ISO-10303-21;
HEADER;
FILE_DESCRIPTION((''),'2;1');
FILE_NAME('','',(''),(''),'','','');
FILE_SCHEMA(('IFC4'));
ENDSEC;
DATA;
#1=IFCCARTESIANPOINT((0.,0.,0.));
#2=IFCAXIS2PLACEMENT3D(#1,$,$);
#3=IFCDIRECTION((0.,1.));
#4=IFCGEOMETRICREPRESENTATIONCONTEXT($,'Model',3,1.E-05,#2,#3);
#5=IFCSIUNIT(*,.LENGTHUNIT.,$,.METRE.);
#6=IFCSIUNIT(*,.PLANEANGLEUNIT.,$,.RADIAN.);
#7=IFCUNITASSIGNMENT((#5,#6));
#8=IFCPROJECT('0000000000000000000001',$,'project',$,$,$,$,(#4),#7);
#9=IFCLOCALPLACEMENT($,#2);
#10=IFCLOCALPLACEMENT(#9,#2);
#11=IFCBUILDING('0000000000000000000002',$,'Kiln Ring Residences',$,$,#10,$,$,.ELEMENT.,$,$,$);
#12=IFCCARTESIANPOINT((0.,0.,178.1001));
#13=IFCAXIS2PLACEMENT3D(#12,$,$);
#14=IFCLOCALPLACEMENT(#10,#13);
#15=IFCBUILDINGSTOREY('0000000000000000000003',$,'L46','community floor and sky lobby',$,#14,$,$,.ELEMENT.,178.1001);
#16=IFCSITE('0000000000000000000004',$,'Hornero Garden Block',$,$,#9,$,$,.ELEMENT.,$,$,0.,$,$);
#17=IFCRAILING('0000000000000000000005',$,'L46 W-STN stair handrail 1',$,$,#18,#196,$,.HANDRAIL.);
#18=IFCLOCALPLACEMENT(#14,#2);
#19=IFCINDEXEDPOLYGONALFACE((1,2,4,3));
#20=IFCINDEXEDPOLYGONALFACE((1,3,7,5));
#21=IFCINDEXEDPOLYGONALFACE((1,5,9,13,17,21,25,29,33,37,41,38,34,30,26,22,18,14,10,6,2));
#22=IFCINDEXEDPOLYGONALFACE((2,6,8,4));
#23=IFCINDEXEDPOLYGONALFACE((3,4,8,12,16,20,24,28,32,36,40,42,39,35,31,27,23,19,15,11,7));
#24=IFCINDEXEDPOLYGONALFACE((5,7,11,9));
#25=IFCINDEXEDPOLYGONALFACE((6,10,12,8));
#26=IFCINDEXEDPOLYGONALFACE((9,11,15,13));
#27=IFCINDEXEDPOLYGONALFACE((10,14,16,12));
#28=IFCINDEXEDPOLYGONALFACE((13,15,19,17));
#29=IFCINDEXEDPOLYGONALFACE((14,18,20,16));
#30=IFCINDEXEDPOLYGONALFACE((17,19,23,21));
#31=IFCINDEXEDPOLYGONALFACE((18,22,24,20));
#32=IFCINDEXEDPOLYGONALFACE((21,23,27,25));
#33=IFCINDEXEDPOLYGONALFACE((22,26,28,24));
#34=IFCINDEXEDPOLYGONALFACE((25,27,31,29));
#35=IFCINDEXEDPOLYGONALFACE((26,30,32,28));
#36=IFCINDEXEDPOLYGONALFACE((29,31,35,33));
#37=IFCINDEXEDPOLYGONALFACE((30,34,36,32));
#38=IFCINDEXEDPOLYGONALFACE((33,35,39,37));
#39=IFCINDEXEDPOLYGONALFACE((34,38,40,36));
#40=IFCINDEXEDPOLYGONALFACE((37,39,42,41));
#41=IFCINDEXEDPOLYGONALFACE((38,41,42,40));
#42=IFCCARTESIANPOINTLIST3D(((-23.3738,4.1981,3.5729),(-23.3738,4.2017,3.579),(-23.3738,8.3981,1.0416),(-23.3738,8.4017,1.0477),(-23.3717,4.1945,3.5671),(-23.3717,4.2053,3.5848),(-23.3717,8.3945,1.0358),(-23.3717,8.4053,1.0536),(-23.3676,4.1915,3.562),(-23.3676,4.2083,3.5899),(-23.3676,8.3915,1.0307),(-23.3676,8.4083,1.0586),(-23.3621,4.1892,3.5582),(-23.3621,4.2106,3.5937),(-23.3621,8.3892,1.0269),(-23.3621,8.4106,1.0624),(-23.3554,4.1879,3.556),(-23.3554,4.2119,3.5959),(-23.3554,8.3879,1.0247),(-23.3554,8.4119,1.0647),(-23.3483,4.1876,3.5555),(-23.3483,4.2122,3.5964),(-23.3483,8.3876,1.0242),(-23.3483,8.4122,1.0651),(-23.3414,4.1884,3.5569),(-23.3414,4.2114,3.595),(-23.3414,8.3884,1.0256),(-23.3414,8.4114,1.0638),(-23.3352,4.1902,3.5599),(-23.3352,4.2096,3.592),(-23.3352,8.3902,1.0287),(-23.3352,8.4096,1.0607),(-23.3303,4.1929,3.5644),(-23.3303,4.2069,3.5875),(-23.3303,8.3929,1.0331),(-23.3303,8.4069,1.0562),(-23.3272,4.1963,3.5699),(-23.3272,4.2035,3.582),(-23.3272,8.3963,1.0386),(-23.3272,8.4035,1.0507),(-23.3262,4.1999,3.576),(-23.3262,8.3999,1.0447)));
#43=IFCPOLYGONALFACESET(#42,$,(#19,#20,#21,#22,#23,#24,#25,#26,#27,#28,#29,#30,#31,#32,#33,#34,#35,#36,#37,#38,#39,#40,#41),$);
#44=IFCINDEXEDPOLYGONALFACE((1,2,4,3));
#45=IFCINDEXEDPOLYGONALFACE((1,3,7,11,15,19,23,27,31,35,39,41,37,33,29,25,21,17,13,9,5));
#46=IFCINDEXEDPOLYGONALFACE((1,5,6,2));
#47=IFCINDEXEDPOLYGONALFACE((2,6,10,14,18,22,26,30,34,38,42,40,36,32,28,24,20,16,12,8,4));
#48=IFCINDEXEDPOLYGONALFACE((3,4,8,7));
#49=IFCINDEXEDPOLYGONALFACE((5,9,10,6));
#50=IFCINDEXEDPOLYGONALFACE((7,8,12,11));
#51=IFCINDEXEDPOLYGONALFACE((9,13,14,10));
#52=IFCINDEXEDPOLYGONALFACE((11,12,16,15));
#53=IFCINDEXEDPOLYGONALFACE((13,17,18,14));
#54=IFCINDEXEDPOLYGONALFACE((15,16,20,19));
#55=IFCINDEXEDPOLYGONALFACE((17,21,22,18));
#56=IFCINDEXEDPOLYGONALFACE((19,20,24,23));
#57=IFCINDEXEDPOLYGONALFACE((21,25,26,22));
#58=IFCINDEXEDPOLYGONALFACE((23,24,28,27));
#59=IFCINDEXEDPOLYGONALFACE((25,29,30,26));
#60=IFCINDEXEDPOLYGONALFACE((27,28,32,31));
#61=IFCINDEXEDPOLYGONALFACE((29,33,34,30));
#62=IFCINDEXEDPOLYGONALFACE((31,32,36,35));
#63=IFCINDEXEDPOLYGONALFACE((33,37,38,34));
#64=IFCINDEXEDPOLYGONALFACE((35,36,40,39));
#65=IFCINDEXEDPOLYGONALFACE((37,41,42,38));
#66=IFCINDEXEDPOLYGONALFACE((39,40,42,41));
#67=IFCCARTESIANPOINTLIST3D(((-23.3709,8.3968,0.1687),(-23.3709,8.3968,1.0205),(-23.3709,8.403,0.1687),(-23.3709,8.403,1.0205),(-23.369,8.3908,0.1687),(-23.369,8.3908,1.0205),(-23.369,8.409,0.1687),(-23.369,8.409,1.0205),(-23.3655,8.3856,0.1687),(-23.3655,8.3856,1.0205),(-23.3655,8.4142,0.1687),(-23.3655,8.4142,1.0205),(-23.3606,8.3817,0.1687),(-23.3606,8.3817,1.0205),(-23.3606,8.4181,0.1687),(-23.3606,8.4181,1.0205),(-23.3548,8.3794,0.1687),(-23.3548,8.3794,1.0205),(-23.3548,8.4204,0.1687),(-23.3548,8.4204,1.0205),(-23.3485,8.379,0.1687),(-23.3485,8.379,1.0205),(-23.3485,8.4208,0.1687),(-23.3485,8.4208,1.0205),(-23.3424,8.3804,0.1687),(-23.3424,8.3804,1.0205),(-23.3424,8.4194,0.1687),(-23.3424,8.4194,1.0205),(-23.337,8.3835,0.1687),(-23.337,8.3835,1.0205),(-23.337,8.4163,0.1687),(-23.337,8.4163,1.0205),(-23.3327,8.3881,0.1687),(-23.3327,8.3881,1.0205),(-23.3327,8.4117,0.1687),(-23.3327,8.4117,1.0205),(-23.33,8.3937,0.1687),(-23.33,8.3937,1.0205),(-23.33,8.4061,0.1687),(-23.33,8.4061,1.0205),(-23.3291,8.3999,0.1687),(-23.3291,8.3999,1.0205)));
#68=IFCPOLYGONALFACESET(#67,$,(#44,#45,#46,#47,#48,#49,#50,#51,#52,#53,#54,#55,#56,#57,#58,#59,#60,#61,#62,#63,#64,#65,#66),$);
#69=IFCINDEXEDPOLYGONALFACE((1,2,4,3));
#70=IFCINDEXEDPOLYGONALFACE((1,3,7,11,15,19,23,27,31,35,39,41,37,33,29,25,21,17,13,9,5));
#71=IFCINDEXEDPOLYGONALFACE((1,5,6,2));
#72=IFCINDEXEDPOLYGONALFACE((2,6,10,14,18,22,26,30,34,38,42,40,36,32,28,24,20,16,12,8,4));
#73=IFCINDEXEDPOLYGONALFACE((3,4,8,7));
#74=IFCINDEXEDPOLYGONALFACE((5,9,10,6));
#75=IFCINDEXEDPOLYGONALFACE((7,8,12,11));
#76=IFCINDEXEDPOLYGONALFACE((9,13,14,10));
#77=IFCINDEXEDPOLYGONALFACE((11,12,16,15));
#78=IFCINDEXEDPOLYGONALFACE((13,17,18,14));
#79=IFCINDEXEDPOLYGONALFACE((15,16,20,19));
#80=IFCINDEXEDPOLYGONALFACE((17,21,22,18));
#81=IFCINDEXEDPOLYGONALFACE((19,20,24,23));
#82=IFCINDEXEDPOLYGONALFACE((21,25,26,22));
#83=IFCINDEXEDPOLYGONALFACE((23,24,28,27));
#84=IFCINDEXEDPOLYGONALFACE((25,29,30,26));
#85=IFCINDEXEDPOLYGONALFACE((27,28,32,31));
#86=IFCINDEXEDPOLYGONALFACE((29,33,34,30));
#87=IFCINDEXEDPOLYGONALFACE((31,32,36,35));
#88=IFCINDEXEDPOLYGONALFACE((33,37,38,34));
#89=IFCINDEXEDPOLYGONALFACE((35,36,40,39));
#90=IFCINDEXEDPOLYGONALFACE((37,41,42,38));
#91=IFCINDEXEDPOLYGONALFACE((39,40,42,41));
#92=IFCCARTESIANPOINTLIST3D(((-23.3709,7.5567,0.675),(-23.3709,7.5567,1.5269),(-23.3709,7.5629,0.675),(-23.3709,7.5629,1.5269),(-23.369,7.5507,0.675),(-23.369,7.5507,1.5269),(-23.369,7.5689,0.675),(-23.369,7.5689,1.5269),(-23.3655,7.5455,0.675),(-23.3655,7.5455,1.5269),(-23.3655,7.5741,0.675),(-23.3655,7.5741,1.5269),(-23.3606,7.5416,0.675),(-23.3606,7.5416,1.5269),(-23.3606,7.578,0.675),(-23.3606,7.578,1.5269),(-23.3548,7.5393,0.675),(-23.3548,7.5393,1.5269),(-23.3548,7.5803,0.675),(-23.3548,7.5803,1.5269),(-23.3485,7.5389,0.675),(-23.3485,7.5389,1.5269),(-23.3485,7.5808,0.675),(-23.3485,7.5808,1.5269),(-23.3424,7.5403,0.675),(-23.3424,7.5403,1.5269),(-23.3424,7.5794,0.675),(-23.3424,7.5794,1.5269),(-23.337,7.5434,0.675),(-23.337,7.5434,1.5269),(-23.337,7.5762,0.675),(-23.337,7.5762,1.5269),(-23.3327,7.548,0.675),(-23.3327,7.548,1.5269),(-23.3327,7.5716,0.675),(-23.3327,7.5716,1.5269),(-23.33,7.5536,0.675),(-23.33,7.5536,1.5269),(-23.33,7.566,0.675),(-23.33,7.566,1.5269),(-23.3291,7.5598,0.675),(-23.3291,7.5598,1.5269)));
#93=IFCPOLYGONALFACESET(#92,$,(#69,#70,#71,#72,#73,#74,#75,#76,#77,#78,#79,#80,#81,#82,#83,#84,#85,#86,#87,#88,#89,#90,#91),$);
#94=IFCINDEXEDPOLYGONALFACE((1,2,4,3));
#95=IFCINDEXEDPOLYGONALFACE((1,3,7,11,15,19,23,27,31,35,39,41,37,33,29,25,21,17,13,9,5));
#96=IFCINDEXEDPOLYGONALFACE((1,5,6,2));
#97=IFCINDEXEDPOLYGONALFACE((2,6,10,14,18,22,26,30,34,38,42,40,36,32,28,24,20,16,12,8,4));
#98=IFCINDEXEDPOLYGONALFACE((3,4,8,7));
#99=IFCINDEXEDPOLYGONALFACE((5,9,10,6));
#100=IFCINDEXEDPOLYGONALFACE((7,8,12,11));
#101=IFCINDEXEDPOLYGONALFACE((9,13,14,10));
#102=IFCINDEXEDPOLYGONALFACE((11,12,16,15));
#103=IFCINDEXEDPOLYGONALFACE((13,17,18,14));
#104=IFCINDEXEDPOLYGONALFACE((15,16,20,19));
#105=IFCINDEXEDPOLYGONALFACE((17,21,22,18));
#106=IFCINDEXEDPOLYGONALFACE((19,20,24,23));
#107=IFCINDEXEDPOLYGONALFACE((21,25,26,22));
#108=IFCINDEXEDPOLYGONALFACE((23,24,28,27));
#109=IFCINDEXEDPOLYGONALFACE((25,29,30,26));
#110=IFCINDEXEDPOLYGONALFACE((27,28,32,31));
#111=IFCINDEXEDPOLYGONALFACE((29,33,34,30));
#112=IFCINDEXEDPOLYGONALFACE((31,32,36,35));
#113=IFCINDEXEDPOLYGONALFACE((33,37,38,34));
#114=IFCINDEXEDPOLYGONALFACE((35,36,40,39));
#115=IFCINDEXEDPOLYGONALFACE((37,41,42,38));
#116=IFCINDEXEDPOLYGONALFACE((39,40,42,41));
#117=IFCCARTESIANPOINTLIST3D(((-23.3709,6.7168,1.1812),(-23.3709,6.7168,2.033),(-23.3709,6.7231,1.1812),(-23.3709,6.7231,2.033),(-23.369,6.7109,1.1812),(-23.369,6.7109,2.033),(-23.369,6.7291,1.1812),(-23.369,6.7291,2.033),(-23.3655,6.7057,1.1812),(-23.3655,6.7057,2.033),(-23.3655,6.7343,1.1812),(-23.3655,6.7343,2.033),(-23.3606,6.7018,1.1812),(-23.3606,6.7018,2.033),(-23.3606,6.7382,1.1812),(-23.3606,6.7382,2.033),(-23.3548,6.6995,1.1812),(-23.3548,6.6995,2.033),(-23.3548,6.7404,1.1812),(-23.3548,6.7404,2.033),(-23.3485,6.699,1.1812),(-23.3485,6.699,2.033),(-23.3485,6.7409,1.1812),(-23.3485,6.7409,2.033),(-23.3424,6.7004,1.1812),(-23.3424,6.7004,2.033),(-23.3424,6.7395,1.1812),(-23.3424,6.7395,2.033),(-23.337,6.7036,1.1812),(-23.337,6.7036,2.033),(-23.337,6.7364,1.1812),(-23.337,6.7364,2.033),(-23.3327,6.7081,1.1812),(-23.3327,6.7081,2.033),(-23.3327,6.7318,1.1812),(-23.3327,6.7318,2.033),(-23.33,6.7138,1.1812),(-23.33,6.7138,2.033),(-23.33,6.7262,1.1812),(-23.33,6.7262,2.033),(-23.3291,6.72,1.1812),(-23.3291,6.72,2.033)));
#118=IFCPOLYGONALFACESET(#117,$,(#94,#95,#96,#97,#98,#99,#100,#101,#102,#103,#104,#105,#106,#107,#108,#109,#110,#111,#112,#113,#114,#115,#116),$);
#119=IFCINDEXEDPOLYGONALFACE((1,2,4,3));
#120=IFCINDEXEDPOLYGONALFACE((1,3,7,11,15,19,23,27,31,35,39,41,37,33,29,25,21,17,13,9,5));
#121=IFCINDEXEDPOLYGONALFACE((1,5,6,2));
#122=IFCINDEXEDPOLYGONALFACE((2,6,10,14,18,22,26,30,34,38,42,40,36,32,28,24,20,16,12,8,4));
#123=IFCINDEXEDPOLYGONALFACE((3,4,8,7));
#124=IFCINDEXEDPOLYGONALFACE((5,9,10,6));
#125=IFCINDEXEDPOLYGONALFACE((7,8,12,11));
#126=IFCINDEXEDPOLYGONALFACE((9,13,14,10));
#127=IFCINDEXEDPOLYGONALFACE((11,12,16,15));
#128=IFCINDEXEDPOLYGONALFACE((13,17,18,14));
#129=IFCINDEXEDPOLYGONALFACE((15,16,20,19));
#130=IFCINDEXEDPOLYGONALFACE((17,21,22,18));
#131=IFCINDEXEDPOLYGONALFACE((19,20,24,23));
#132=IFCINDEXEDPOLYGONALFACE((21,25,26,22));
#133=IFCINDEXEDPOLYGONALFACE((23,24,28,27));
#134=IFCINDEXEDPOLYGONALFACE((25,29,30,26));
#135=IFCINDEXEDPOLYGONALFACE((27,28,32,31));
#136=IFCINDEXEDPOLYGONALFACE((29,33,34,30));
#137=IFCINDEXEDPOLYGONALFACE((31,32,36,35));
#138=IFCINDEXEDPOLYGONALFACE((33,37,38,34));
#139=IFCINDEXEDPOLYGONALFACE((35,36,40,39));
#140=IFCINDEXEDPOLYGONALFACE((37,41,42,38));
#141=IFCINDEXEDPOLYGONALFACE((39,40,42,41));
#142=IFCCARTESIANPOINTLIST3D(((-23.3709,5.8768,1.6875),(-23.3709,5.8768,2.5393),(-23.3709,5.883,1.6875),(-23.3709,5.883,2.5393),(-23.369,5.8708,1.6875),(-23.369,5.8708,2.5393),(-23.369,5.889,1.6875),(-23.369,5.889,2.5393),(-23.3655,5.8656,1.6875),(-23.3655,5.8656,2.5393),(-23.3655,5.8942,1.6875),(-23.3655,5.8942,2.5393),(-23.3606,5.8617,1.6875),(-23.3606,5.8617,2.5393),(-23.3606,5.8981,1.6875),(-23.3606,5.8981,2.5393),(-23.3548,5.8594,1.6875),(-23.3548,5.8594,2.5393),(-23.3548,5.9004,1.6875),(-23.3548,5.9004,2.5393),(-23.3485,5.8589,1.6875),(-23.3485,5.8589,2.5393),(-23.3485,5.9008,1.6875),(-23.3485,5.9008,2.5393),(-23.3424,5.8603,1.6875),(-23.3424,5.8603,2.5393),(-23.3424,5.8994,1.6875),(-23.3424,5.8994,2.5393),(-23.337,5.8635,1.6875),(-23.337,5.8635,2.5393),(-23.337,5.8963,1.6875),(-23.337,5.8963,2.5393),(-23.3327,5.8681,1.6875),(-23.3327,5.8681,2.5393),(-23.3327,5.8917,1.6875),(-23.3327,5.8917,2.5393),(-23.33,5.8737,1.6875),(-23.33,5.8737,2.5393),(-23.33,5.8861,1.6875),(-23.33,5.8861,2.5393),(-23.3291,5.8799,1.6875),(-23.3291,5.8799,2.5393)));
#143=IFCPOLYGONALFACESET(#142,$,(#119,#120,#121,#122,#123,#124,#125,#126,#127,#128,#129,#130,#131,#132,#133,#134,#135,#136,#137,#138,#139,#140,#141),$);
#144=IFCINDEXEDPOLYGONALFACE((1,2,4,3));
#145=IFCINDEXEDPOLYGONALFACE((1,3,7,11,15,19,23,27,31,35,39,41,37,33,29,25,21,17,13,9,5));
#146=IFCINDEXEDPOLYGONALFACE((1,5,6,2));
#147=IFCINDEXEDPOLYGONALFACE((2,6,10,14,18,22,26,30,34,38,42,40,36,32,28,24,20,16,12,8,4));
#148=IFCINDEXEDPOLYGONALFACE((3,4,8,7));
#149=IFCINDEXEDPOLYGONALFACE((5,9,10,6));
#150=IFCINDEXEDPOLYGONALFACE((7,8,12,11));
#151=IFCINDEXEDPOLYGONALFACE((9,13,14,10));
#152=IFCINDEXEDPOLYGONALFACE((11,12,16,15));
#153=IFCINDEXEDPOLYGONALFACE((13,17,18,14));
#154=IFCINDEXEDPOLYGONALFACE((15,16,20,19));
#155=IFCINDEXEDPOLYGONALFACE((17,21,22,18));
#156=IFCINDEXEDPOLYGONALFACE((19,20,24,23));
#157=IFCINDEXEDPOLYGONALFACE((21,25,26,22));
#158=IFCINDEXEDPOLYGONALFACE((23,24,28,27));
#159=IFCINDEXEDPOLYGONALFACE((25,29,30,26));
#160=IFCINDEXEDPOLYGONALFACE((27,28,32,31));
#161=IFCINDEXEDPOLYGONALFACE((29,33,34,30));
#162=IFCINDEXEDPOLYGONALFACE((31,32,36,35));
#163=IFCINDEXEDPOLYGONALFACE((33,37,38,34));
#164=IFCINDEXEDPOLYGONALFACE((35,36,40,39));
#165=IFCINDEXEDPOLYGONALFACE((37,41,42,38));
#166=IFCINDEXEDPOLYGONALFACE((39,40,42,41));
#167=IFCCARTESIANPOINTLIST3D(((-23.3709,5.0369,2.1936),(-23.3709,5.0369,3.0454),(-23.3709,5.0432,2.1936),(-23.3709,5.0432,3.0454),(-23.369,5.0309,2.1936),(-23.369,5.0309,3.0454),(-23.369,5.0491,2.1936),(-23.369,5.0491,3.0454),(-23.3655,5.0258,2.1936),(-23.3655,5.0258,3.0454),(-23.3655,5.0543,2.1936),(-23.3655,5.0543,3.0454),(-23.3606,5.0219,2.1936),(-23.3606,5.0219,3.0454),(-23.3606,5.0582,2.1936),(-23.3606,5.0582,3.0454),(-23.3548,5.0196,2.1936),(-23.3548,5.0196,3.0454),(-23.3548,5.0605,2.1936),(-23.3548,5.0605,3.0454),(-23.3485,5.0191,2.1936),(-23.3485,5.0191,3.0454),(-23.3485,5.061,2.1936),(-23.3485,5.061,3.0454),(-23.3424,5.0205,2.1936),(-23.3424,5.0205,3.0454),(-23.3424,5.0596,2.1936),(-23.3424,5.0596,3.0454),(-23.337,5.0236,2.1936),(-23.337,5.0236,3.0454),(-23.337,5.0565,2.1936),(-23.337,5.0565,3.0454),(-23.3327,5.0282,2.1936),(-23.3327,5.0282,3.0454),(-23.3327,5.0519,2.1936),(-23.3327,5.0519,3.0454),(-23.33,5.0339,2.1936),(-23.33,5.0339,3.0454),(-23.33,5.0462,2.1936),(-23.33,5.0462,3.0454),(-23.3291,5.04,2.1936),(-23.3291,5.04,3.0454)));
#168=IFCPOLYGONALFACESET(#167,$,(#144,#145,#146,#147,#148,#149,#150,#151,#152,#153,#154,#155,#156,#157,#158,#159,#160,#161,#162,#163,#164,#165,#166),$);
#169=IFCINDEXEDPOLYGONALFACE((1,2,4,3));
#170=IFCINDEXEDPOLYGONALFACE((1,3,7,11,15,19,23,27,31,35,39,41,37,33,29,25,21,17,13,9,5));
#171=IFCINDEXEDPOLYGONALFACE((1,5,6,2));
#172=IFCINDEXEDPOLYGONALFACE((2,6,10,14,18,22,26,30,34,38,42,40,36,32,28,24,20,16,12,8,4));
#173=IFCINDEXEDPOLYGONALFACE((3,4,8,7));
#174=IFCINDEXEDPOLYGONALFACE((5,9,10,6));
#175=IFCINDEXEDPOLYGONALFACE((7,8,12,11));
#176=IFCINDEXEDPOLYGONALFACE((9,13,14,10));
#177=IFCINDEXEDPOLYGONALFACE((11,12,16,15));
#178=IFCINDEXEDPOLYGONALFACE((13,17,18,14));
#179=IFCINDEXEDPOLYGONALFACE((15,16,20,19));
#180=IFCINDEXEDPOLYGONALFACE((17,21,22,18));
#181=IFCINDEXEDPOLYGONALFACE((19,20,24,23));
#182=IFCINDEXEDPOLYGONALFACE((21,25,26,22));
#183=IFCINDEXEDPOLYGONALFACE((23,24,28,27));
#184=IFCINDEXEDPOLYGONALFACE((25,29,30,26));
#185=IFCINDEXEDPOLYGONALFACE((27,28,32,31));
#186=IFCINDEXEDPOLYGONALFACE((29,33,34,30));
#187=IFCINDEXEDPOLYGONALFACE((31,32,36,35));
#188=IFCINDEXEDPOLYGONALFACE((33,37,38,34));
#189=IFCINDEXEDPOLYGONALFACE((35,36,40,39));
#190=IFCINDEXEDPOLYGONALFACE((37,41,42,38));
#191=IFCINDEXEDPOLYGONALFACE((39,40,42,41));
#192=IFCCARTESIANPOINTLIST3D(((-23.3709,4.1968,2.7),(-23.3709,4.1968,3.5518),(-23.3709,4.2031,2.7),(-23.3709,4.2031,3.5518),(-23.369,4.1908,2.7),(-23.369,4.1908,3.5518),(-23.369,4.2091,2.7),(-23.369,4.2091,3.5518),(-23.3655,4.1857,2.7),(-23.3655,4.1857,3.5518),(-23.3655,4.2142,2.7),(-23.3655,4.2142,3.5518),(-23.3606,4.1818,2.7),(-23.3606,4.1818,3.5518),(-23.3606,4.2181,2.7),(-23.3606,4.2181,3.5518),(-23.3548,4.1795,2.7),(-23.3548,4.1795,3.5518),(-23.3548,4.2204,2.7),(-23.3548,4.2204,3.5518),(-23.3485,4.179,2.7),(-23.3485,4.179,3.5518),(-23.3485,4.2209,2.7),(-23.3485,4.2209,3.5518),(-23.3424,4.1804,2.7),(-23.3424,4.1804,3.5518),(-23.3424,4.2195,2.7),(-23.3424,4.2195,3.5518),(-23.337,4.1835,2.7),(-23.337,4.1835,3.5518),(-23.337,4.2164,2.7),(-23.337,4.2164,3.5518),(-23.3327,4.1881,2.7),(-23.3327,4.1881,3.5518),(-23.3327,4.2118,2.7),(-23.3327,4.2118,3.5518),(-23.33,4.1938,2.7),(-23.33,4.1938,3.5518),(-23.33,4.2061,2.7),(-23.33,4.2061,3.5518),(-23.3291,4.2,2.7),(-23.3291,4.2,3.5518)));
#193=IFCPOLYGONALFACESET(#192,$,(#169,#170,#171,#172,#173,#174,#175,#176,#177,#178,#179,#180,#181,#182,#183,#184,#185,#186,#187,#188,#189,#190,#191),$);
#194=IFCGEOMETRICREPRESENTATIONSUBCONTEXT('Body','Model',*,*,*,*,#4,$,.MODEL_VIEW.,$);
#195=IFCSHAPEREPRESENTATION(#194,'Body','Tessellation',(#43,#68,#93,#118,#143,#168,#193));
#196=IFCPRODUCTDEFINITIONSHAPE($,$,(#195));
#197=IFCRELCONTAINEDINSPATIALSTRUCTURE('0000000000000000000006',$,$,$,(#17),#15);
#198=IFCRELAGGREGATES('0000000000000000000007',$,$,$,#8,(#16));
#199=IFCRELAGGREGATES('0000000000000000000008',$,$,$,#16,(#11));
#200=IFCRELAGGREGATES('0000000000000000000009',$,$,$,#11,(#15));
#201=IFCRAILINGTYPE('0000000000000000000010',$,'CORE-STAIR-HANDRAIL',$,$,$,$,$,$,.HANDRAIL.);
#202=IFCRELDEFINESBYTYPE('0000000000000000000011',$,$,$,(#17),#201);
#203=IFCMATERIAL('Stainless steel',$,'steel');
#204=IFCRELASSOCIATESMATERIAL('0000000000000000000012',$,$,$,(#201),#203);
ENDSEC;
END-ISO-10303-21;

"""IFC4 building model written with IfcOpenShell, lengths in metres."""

from ifc_helpers import new_model, si_unit, direction, frame, origin, origin_2d, place, context, subcontext, project, spatial, circle, extrude, material, type_object, element, save


model = new_model("IFC4")

# Units and contexts
model_context = context("Model", 3, precision=1e-05, world=origin(), true_north=direction((0.0, 1.0)))
body_context = subcontext(model_context, "Body", "Model", "MODEL_VIEW")
ifc_project = project(units=[si_unit("LENGTHUNIT", "METRE"), si_unit("PLANEANGLEUNIT", "RADIAN")], contexts=[model_context])

# Site, building, storey
site_placement = place(None, origin())
site = spatial("IfcSite", under=ifc_project, at=site_placement, Name="Hornero Garden Block", CompositionType="ELEMENT", RefElevation=0.0)
building_placement = place(site_placement, origin())
building = spatial("IfcBuilding", under=site, at=building_placement, Name="Kiln Ring Residences", CompositionType="ELEMENT")
storey_placement = place(building_placement, frame((0.0, 0.0, 178.1001)))
storey = spatial("IfcBuildingStorey", under=building, at=storey_placement, Name="L46", Description="community floor and sky lobby", CompositionType="ELEMENT", Elevation=178.1001)

# Railing
ifc_material_1 = material(Name="Stainless steel", Category="steel")
railing_type_1 = type_object("IfcRailingType", Name="CORE-STAIR-HANDRAIL", PredefinedType="HANDRAIL", material=ifc_material_1)
railing_1_placement = place(storey_placement, frame((-23.3501, 8.3999, 0.1687)))
element("IfcRailing", 1, at=railing_1_placement, inside=storey, type_object=railing_type_1, Name="L46 W-STN stair handrail 1", PredefinedType="HANDRAIL", context=body_context, shape_type="SweptSolid", body=[
    extrude(circle(Radius=0.0239, at=origin_2d()), frame((0.0, 0.0, 0.876), z_axis=(0.0, -0.856476, 0.516186), x_axis=(1.0, 0.0, 0.0)), (0.0, 0.0, 1.0), 4.9038),
    extrude(circle(Radius=0.021, at=origin_2d()), origin(), (0.0, 0.0, 1.0), 0.8518),
    extrude(circle(Radius=0.021, at=origin_2d()), frame((0.0, -0.8401, 0.5063)), (0.0, 0.0, 1.0), 0.8518),
    extrude(circle(Radius=0.021, at=origin_2d()), frame((0.0, -1.6799, 1.0125)), (0.0, 0.0, 1.0), 0.8518),
    extrude(circle(Radius=0.021, at=origin_2d()), frame((0.0, -2.52, 1.5188)), (0.0, 0.0, 1.0), 0.8518),
    extrude(circle(Radius=0.021, at=origin_2d()), frame((0.0, -3.3599, 2.0249)), (0.0, 0.0, 1.0), 0.8518),
    extrude(circle(Radius=0.021, at=origin_2d()), frame((0.0, -4.2, 2.5312)), (0.0, 0.0, 1.0), 0.8518),
])

save(model, "model.ifc")
